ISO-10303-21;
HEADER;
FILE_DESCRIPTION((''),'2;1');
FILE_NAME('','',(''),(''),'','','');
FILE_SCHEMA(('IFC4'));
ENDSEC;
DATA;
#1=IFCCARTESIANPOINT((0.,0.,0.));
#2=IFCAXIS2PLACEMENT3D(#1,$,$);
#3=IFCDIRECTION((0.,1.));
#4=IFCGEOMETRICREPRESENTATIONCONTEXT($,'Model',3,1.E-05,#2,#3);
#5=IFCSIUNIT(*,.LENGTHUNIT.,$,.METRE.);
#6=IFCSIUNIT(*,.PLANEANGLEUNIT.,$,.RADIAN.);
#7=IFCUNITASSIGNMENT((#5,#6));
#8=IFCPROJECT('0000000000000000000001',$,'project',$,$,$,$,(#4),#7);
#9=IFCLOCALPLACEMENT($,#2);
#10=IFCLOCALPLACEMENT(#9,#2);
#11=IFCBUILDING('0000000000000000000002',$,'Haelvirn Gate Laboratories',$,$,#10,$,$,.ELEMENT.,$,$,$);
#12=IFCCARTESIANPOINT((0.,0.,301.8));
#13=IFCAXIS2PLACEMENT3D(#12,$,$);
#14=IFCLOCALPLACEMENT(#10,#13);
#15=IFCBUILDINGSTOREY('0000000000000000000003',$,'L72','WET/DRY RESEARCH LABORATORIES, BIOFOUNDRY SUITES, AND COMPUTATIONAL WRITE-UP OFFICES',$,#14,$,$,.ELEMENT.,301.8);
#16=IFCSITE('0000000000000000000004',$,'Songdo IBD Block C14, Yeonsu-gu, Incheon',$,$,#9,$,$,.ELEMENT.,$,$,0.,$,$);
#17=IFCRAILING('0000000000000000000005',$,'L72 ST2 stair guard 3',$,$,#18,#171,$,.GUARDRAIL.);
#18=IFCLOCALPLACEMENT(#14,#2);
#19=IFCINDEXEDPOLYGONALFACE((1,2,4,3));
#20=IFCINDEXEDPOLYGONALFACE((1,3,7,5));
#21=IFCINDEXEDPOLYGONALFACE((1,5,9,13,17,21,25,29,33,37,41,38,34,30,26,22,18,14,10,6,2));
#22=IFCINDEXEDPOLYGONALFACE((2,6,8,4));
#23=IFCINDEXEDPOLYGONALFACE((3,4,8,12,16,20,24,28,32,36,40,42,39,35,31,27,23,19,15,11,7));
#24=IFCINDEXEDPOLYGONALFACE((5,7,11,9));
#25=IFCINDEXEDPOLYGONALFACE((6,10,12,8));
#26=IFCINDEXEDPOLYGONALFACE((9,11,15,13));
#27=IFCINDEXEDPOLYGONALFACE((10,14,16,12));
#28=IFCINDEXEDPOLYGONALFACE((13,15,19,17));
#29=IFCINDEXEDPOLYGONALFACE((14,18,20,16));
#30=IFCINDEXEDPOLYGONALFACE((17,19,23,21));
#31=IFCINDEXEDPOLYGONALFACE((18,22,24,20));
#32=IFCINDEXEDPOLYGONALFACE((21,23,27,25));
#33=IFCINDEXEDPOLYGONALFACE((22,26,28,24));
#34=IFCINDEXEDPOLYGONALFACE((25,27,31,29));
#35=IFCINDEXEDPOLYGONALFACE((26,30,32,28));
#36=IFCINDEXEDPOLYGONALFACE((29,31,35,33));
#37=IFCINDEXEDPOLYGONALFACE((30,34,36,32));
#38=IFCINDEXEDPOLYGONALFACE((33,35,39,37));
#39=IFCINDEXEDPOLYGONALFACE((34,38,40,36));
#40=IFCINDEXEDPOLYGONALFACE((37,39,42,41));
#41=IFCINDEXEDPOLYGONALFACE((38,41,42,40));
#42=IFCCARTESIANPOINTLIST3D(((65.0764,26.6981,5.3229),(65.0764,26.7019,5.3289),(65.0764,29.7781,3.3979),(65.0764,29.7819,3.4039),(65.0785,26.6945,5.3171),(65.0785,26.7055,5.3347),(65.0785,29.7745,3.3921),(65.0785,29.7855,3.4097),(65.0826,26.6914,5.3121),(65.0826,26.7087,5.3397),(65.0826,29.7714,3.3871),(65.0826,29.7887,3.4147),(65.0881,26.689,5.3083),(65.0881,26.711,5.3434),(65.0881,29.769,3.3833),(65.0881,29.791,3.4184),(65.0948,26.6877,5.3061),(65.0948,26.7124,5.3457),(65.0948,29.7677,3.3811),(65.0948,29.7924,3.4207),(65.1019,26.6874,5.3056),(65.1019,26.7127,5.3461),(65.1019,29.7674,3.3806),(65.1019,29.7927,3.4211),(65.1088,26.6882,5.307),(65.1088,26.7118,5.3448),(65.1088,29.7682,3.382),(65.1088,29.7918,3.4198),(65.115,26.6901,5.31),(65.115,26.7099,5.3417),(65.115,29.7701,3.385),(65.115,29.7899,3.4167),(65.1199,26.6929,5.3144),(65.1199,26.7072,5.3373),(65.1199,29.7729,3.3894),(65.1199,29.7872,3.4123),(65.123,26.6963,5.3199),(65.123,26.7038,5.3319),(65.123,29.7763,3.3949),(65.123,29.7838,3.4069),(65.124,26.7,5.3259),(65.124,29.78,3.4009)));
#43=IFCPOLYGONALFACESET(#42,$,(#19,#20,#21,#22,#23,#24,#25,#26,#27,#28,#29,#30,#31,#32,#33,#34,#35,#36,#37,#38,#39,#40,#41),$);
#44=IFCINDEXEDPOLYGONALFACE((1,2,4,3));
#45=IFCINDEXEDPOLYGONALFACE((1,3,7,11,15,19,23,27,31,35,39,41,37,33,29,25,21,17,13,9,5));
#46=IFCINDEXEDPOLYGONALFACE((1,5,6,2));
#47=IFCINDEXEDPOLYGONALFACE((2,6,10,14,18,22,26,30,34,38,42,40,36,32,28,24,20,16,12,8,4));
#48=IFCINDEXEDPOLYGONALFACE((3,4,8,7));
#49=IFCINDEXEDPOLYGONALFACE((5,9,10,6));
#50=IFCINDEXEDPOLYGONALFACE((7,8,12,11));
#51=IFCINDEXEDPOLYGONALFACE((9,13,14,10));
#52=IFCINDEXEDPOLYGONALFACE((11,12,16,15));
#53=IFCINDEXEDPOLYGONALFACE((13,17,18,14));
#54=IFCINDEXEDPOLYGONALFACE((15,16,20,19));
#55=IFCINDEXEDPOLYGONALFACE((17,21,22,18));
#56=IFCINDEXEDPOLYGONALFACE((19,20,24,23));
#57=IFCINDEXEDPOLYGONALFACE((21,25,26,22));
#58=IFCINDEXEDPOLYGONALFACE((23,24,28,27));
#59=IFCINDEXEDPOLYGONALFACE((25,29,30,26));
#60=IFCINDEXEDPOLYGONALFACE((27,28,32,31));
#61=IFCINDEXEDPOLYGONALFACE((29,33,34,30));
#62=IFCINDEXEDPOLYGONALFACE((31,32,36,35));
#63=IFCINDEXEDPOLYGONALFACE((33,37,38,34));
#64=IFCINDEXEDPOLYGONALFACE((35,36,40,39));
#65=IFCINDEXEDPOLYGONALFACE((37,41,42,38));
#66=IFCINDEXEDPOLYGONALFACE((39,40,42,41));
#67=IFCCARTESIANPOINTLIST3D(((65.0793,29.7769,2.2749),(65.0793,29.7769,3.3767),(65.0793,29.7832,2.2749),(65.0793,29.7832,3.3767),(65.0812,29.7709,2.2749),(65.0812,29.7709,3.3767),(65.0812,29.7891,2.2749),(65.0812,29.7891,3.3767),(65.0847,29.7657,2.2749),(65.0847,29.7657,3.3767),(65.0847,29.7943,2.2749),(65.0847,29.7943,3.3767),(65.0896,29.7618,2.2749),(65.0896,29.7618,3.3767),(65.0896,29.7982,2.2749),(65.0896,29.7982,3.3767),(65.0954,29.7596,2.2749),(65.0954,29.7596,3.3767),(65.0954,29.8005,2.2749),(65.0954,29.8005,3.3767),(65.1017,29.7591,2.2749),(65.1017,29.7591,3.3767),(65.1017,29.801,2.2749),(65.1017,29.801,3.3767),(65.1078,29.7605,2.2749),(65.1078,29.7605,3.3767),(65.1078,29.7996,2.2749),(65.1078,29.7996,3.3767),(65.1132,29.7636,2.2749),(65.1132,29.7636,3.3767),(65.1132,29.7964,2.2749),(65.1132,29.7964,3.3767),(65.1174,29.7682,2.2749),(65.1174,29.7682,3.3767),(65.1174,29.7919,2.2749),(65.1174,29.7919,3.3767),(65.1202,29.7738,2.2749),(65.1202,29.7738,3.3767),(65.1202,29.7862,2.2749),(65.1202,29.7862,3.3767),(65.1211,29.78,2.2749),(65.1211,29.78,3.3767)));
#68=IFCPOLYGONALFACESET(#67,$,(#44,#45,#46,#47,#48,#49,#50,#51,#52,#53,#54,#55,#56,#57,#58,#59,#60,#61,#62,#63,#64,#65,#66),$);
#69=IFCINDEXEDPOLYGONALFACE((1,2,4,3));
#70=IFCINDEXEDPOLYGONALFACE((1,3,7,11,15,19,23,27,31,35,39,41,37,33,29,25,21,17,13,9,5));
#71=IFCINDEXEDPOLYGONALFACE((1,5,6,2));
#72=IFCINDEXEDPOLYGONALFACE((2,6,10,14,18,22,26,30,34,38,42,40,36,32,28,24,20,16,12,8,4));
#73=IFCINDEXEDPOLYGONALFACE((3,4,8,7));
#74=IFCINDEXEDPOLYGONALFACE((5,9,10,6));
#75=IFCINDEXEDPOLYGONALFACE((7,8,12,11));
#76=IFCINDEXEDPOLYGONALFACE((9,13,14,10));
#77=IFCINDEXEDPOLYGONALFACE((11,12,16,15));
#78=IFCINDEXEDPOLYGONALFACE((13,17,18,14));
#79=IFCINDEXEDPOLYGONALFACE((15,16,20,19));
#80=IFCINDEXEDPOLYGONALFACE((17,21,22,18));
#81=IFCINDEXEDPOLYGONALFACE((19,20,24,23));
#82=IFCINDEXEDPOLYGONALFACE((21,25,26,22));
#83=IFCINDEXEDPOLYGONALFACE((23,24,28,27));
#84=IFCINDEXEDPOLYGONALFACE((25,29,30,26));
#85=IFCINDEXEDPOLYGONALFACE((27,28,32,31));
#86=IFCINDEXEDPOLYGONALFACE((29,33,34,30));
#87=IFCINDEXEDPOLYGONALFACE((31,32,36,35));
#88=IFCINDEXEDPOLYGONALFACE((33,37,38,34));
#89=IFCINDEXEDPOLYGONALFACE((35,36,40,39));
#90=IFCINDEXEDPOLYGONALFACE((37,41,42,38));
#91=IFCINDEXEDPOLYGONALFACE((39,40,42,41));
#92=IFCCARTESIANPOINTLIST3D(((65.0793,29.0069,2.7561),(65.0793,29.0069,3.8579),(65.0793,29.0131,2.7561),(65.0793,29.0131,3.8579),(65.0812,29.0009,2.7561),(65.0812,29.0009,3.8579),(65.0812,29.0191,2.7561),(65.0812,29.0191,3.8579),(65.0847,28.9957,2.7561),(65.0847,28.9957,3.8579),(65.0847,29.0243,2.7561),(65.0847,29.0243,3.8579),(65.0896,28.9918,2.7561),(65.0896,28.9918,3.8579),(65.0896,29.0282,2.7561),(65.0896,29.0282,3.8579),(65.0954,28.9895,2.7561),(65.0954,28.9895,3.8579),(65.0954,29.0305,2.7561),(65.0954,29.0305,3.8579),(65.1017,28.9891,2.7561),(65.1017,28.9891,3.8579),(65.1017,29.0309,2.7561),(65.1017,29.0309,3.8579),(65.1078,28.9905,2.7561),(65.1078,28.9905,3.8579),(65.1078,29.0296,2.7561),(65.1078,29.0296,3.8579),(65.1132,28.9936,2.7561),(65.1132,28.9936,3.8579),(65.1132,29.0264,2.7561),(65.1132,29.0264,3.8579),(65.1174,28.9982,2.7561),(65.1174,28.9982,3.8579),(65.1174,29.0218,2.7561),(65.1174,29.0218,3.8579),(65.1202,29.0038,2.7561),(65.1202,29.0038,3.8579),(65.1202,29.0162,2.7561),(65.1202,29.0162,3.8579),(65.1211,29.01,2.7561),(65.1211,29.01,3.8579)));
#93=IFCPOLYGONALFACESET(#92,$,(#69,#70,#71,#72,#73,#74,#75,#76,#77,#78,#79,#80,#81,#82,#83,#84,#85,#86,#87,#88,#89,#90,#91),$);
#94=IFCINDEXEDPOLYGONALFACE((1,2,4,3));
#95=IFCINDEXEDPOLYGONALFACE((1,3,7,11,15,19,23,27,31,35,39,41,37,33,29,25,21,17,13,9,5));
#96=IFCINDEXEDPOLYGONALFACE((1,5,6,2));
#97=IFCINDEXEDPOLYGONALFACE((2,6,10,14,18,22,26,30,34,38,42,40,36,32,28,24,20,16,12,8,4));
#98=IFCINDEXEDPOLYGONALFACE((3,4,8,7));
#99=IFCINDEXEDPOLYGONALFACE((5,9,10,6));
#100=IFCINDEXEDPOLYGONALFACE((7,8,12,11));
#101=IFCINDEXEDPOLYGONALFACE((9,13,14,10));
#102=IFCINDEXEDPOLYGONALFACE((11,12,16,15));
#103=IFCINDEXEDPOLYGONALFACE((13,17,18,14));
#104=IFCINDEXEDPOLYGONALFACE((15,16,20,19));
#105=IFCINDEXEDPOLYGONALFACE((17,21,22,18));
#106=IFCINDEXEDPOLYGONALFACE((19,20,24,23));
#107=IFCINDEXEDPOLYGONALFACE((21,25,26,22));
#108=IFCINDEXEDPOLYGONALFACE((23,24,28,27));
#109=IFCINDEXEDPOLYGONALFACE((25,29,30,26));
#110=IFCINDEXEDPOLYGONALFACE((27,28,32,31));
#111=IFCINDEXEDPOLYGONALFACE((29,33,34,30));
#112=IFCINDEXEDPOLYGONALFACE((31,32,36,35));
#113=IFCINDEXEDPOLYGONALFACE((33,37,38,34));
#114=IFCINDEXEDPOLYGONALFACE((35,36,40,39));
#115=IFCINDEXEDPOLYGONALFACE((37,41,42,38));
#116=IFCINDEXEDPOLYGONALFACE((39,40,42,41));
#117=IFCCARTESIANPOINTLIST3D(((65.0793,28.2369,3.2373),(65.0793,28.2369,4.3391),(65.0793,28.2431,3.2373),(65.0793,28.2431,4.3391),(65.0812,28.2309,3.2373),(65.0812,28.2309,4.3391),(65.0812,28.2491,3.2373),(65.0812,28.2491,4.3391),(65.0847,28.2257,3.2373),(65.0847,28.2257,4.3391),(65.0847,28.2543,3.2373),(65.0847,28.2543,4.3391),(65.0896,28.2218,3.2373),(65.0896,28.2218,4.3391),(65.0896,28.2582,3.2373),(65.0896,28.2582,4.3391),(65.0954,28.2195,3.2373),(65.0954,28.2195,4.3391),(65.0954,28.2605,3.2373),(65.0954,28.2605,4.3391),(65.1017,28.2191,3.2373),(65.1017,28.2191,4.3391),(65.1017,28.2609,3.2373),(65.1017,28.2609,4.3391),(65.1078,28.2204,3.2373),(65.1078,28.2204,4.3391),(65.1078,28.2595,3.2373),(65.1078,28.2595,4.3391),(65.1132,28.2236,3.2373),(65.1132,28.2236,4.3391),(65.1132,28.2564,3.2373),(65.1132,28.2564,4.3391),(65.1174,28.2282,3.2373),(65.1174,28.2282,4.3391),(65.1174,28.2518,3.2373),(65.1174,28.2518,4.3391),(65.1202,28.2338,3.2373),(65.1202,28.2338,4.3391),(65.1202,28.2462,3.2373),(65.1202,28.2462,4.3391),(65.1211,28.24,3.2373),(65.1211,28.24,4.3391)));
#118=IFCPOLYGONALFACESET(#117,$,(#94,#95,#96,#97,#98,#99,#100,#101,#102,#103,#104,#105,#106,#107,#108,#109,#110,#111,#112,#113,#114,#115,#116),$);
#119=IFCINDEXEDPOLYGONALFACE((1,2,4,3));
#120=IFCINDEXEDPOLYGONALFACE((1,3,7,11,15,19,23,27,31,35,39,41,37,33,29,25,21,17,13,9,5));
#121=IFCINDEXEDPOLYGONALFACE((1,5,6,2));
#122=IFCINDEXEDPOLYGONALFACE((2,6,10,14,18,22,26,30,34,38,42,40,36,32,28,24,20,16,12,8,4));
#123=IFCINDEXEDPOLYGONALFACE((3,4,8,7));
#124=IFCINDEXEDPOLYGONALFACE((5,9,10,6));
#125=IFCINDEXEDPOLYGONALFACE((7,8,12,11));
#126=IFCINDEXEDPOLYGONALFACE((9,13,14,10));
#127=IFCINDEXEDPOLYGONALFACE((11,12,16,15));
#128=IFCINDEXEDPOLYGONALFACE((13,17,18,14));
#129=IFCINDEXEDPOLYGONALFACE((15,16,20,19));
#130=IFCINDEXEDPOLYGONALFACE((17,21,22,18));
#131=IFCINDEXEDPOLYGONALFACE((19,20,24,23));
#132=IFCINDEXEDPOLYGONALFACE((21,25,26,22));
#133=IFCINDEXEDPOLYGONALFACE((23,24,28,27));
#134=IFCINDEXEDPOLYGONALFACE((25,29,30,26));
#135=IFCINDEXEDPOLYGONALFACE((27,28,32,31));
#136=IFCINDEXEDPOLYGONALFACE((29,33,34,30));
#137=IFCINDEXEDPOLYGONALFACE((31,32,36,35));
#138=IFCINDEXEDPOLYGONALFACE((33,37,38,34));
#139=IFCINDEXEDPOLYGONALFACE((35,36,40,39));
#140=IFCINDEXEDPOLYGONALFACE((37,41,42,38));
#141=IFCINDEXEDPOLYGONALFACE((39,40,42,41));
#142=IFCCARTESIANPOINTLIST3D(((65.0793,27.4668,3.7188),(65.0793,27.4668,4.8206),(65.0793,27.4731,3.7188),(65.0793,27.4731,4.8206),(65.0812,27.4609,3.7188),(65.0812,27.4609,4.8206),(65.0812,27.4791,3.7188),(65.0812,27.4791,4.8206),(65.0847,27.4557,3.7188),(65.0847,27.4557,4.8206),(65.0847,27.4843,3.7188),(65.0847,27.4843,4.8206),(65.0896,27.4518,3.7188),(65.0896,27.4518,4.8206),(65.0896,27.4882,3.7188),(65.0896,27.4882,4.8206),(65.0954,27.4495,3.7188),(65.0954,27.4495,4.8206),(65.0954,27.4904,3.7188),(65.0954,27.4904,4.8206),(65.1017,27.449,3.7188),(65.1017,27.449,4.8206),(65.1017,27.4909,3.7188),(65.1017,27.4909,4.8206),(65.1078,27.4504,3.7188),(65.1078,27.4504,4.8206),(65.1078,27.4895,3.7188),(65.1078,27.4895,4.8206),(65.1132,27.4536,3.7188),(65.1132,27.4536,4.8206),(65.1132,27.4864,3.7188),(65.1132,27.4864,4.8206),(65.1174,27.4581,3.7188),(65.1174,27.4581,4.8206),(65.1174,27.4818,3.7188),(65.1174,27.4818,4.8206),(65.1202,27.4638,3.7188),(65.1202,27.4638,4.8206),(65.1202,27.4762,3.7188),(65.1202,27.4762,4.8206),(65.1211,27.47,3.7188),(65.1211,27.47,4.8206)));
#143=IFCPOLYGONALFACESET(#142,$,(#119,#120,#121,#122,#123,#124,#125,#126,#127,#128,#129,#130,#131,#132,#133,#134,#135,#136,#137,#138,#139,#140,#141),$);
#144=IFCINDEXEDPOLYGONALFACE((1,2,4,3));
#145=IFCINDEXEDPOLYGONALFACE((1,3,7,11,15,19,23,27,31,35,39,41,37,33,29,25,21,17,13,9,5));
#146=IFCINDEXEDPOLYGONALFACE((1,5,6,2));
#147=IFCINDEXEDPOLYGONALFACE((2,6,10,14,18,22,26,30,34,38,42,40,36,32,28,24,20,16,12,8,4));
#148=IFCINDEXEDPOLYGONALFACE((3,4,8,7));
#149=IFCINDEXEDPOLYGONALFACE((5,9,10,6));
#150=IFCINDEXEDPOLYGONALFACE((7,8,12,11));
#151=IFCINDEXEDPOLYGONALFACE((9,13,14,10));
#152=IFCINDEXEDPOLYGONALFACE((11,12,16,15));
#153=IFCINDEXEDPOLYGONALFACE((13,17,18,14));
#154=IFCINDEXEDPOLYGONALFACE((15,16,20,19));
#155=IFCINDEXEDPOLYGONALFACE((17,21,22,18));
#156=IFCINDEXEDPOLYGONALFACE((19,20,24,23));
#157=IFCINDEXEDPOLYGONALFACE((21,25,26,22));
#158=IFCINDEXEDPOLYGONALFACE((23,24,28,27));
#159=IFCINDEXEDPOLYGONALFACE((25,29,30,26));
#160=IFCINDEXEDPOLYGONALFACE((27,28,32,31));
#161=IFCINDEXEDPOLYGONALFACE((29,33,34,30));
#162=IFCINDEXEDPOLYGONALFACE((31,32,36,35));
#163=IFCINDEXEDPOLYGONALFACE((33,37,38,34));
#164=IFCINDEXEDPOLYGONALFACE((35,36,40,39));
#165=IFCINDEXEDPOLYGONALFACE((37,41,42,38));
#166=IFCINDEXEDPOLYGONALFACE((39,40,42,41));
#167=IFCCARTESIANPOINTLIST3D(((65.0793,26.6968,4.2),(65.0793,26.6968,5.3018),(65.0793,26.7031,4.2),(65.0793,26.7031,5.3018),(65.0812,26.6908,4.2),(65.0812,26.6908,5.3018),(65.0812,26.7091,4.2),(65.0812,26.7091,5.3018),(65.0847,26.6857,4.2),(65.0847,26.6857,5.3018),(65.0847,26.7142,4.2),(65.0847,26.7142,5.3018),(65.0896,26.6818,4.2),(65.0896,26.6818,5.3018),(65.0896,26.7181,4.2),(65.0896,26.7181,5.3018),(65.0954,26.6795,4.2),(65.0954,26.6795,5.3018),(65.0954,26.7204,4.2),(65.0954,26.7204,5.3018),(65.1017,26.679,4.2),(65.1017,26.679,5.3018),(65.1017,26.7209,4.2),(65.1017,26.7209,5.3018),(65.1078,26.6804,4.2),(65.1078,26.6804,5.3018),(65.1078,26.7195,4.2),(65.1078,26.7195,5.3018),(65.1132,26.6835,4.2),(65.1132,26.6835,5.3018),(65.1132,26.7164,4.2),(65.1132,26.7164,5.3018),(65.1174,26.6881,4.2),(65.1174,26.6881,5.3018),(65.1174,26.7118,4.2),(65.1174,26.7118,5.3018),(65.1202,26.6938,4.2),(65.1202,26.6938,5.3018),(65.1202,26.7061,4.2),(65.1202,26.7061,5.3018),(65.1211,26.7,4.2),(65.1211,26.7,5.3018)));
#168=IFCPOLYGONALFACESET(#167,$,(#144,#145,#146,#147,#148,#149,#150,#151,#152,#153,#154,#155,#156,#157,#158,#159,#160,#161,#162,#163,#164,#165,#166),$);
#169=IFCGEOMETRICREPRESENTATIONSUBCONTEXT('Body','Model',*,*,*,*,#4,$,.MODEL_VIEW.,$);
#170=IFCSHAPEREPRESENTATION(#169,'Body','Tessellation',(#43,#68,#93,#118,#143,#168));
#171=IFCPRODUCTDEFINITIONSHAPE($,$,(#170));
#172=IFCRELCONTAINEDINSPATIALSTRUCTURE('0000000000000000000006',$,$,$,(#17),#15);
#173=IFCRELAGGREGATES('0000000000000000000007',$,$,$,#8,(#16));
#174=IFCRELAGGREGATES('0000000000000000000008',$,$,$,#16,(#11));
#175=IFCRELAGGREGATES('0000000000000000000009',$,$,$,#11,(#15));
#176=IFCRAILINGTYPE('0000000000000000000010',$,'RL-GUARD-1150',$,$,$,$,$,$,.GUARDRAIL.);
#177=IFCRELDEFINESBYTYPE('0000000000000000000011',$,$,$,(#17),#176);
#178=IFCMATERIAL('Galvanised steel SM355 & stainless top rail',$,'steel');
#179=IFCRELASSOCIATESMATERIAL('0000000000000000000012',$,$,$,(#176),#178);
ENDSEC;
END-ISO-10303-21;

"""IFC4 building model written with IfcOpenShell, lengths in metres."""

from ifc_helpers import new_model, si_unit, direction, frame, origin, origin_2d, place, context, subcontext, project, spatial, circle, extrude, source, transform, mapped, material, type_object, element, save


model = new_model("IFC4")

# Units and contexts
model_context = context("Model", 3, precision=1e-05, world=origin(), true_north=direction((0.0, 1.0)))
body_context = subcontext(model_context, "Body", "Model", "MODEL_VIEW")
ifc_project = project(units=[si_unit("LENGTHUNIT", "METRE"), si_unit("PLANEANGLEUNIT", "RADIAN")], contexts=[model_context])

# Site, building, storey
site_placement = place(None, origin())
site = spatial("IfcSite", under=ifc_project, at=site_placement, Name="Songdo IBD Block C14, Yeonsu-gu, Incheon", CompositionType="ELEMENT", RefElevation=0.0)
building_placement = place(site_placement, origin())
building = spatial("IfcBuilding", under=site, at=building_placement, Name="Haelvirn Gate Laboratories", CompositionType="ELEMENT")
storey_placement = place(building_placement, frame((0.0, 0.0, 301.8)))
storey = spatial("IfcBuildingStorey", under=building, at=storey_placement, Name="L72", Description="WET/DRY RESEARCH LABORATORIES, BIOFOUNDRY SUITES, AND COMPUTATIONAL WRITE-UP OFFICES", CompositionType="ELEMENT", Elevation=301.8)

# Railing
ifc_material_1 = material(Name="Galvanised steel SM355 & stainless top rail", Category="steel")
railing_type_1 = type_object("IfcRailingType", Name="RL-GUARD-1150", PredefinedType="GUARDRAIL", material=ifc_material_1)
shared_shape_1 = source(origin(), body_context, "Body", "SweptSolid", [
    extrude(circle(Radius=0.0239, at=origin_2d()), frame((0.0, 0.0, 1.126), z_axis=(0.0, -0.847998, 0.529999), x_axis=(1.0, 0.0, 0.0)), (0.0, 0.0, 1.0), 3.6321),
    extrude(circle(Radius=0.021, at=origin_2d()), origin(), (0.0, 0.0, 1.0), 1.1018),
    extrude(circle(Radius=0.021, at=origin_2d()), frame((0.0, -0.77, 0.4812)), (0.0, 0.0, 1.0), 1.1018),
    extrude(circle(Radius=0.021, at=origin_2d()), frame((0.0, -1.54, 0.9624)), (0.0, 0.0, 1.0), 1.1018),
    extrude(circle(Radius=0.021, at=origin_2d()), frame((0.0, -2.3101, 1.4438)), (0.0, 0.0, 1.0), 1.1018),
    extrude(circle(Radius=0.021, at=origin_2d()), frame((0.0, -3.0801, 1.925)), (0.0, 0.0, 1.0), 1.1018),
])
railing_1_placement = place(storey_placement, frame((65.1001, 29.78, 2.2749)))
element("IfcRailing", 1, at=railing_1_placement, inside=storey, type_object=railing_type_1, Name="L72 ST2 stair guard 3", PredefinedType="GUARDRAIL", context=body_context, shape_type="MappedRepresentation", body=[
    mapped(shared_shape_1, transform((0.0, 0.0, 0.0), scale=1.0)),
])

save(model, "model.ifc")
